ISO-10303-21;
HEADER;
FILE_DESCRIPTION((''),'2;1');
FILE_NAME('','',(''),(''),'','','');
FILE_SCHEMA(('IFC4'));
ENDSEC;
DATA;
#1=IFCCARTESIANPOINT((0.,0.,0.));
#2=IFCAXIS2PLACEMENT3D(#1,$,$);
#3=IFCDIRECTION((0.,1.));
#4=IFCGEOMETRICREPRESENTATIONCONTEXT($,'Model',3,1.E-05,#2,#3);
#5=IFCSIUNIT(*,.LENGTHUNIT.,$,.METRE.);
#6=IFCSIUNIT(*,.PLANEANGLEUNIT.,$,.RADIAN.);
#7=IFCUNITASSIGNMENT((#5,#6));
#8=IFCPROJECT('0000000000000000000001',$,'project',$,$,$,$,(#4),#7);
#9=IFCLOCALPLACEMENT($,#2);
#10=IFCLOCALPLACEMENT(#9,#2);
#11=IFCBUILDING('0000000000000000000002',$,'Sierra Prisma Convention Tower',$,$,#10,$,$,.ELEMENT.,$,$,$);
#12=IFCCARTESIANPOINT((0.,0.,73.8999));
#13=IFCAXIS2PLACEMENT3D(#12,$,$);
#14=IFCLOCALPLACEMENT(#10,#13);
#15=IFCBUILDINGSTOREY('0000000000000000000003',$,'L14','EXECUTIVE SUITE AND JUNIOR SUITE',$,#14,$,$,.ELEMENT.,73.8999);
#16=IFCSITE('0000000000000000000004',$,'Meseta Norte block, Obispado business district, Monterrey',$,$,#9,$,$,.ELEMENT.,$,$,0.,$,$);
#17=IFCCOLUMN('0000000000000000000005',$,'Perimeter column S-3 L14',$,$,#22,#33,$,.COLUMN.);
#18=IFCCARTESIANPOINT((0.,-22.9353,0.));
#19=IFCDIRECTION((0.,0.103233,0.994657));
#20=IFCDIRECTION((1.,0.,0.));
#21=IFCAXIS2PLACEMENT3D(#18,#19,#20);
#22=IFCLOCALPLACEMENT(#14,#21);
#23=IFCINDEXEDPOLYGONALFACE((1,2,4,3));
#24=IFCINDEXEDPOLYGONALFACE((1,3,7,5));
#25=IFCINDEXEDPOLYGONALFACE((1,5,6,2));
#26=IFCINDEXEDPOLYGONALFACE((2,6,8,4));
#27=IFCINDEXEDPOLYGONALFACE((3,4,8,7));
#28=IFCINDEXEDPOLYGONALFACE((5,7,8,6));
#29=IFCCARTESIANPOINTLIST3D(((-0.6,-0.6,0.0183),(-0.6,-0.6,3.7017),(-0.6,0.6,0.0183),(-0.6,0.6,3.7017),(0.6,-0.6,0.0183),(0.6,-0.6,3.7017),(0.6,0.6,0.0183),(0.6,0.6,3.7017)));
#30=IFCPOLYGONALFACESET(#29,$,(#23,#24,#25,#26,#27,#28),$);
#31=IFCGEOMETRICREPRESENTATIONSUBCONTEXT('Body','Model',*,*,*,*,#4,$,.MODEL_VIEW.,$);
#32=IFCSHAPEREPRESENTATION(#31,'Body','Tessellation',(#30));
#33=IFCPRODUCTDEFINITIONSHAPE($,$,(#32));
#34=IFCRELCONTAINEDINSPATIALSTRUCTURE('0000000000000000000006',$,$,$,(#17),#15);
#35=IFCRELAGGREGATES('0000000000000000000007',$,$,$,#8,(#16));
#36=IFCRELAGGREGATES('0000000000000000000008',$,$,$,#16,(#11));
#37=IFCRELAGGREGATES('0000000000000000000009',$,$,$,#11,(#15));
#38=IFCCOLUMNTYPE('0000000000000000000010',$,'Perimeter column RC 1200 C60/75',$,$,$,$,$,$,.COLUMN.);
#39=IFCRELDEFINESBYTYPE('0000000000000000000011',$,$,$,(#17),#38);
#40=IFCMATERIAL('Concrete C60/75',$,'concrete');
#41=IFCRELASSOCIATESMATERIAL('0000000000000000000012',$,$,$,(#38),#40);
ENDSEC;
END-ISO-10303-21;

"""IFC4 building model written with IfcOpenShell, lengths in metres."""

from ifc_helpers import new_model, si_unit, direction, frame, origin, origin_2d, place, context, subcontext, project, spatial, rectangle, extrude, clip, halfspace, material, material_profile, profile_set, type_object, element, save


model = new_model("IFC4")

# Units and contexts
model_context = context("Model", 3, precision=1e-05, world=origin(), true_north=direction((0.0, 1.0)))
body_context = subcontext(model_context, "Body", "Model", "MODEL_VIEW")
ifc_project = project(units=[si_unit("LENGTHUNIT", "METRE"), si_unit("PLANEANGLEUNIT", "RADIAN")], contexts=[model_context])

# Site, building, storey
site_placement = place(None, origin())
site = spatial("IfcSite", under=ifc_project, at=site_placement, Name="Meseta Norte block, Obispado business district, Monterrey", CompositionType="ELEMENT", RefElevation=0.0)
building_placement = place(site_placement, origin())
building = spatial("IfcBuilding", under=site, at=building_placement, Name="Sierra Prisma Convention Tower", CompositionType="ELEMENT")
storey_placement = place(building_placement, frame((0.0, 0.0, 73.8999)))
storey = spatial("IfcBuildingStorey", under=building, at=storey_placement, Name="L14", Description="EXECUTIVE SUITE AND JUNIOR SUITE", CompositionType="ELEMENT", Elevation=73.8999)

# Column
ifc_material_1 = material(Name="Concrete C60/75", Category="concrete")
ifc_material_profile_1 = material_profile(ifc_material_1, rectangle(XDim=1.2, YDim=1.2, at=origin_2d()), Name="Perimeter column RC 1200 C60/75")
ifc_profile_set_1 = profile_set([ifc_material_profile_1], Name="Concrete C60/75")
column_type = type_object("IfcColumnType", Name="Perimeter column RC 1200 C60/75", PredefinedType="COLUMN", material=ifc_profile_set_1)
column_1_placement = place(storey_placement, frame((0.0, -22.9353, 0.0), z_axis=(0.0, 0.103233, 0.994657), x_axis=(1.0, 0.0, 0.0)))
element("IfcColumn", 1, at=column_1_placement, inside=storey, type_object=column_type, Name="Perimeter column S-3 L14", PredefinedType="COLUMN", context=body_context, shape_type="SweptSolid", body=[
    clip(clip(extrude(rectangle(XDim=1.2, YDim=1.2, at=origin_2d()), origin(), (0.0, 0.0, 1.0), 3.72), halfspace(frame((0.0, 0.0, 0.0183)), True)), halfspace(frame((0.0, 0.0, 3.7017)), False)),
])

save(model, "model.ifc")
